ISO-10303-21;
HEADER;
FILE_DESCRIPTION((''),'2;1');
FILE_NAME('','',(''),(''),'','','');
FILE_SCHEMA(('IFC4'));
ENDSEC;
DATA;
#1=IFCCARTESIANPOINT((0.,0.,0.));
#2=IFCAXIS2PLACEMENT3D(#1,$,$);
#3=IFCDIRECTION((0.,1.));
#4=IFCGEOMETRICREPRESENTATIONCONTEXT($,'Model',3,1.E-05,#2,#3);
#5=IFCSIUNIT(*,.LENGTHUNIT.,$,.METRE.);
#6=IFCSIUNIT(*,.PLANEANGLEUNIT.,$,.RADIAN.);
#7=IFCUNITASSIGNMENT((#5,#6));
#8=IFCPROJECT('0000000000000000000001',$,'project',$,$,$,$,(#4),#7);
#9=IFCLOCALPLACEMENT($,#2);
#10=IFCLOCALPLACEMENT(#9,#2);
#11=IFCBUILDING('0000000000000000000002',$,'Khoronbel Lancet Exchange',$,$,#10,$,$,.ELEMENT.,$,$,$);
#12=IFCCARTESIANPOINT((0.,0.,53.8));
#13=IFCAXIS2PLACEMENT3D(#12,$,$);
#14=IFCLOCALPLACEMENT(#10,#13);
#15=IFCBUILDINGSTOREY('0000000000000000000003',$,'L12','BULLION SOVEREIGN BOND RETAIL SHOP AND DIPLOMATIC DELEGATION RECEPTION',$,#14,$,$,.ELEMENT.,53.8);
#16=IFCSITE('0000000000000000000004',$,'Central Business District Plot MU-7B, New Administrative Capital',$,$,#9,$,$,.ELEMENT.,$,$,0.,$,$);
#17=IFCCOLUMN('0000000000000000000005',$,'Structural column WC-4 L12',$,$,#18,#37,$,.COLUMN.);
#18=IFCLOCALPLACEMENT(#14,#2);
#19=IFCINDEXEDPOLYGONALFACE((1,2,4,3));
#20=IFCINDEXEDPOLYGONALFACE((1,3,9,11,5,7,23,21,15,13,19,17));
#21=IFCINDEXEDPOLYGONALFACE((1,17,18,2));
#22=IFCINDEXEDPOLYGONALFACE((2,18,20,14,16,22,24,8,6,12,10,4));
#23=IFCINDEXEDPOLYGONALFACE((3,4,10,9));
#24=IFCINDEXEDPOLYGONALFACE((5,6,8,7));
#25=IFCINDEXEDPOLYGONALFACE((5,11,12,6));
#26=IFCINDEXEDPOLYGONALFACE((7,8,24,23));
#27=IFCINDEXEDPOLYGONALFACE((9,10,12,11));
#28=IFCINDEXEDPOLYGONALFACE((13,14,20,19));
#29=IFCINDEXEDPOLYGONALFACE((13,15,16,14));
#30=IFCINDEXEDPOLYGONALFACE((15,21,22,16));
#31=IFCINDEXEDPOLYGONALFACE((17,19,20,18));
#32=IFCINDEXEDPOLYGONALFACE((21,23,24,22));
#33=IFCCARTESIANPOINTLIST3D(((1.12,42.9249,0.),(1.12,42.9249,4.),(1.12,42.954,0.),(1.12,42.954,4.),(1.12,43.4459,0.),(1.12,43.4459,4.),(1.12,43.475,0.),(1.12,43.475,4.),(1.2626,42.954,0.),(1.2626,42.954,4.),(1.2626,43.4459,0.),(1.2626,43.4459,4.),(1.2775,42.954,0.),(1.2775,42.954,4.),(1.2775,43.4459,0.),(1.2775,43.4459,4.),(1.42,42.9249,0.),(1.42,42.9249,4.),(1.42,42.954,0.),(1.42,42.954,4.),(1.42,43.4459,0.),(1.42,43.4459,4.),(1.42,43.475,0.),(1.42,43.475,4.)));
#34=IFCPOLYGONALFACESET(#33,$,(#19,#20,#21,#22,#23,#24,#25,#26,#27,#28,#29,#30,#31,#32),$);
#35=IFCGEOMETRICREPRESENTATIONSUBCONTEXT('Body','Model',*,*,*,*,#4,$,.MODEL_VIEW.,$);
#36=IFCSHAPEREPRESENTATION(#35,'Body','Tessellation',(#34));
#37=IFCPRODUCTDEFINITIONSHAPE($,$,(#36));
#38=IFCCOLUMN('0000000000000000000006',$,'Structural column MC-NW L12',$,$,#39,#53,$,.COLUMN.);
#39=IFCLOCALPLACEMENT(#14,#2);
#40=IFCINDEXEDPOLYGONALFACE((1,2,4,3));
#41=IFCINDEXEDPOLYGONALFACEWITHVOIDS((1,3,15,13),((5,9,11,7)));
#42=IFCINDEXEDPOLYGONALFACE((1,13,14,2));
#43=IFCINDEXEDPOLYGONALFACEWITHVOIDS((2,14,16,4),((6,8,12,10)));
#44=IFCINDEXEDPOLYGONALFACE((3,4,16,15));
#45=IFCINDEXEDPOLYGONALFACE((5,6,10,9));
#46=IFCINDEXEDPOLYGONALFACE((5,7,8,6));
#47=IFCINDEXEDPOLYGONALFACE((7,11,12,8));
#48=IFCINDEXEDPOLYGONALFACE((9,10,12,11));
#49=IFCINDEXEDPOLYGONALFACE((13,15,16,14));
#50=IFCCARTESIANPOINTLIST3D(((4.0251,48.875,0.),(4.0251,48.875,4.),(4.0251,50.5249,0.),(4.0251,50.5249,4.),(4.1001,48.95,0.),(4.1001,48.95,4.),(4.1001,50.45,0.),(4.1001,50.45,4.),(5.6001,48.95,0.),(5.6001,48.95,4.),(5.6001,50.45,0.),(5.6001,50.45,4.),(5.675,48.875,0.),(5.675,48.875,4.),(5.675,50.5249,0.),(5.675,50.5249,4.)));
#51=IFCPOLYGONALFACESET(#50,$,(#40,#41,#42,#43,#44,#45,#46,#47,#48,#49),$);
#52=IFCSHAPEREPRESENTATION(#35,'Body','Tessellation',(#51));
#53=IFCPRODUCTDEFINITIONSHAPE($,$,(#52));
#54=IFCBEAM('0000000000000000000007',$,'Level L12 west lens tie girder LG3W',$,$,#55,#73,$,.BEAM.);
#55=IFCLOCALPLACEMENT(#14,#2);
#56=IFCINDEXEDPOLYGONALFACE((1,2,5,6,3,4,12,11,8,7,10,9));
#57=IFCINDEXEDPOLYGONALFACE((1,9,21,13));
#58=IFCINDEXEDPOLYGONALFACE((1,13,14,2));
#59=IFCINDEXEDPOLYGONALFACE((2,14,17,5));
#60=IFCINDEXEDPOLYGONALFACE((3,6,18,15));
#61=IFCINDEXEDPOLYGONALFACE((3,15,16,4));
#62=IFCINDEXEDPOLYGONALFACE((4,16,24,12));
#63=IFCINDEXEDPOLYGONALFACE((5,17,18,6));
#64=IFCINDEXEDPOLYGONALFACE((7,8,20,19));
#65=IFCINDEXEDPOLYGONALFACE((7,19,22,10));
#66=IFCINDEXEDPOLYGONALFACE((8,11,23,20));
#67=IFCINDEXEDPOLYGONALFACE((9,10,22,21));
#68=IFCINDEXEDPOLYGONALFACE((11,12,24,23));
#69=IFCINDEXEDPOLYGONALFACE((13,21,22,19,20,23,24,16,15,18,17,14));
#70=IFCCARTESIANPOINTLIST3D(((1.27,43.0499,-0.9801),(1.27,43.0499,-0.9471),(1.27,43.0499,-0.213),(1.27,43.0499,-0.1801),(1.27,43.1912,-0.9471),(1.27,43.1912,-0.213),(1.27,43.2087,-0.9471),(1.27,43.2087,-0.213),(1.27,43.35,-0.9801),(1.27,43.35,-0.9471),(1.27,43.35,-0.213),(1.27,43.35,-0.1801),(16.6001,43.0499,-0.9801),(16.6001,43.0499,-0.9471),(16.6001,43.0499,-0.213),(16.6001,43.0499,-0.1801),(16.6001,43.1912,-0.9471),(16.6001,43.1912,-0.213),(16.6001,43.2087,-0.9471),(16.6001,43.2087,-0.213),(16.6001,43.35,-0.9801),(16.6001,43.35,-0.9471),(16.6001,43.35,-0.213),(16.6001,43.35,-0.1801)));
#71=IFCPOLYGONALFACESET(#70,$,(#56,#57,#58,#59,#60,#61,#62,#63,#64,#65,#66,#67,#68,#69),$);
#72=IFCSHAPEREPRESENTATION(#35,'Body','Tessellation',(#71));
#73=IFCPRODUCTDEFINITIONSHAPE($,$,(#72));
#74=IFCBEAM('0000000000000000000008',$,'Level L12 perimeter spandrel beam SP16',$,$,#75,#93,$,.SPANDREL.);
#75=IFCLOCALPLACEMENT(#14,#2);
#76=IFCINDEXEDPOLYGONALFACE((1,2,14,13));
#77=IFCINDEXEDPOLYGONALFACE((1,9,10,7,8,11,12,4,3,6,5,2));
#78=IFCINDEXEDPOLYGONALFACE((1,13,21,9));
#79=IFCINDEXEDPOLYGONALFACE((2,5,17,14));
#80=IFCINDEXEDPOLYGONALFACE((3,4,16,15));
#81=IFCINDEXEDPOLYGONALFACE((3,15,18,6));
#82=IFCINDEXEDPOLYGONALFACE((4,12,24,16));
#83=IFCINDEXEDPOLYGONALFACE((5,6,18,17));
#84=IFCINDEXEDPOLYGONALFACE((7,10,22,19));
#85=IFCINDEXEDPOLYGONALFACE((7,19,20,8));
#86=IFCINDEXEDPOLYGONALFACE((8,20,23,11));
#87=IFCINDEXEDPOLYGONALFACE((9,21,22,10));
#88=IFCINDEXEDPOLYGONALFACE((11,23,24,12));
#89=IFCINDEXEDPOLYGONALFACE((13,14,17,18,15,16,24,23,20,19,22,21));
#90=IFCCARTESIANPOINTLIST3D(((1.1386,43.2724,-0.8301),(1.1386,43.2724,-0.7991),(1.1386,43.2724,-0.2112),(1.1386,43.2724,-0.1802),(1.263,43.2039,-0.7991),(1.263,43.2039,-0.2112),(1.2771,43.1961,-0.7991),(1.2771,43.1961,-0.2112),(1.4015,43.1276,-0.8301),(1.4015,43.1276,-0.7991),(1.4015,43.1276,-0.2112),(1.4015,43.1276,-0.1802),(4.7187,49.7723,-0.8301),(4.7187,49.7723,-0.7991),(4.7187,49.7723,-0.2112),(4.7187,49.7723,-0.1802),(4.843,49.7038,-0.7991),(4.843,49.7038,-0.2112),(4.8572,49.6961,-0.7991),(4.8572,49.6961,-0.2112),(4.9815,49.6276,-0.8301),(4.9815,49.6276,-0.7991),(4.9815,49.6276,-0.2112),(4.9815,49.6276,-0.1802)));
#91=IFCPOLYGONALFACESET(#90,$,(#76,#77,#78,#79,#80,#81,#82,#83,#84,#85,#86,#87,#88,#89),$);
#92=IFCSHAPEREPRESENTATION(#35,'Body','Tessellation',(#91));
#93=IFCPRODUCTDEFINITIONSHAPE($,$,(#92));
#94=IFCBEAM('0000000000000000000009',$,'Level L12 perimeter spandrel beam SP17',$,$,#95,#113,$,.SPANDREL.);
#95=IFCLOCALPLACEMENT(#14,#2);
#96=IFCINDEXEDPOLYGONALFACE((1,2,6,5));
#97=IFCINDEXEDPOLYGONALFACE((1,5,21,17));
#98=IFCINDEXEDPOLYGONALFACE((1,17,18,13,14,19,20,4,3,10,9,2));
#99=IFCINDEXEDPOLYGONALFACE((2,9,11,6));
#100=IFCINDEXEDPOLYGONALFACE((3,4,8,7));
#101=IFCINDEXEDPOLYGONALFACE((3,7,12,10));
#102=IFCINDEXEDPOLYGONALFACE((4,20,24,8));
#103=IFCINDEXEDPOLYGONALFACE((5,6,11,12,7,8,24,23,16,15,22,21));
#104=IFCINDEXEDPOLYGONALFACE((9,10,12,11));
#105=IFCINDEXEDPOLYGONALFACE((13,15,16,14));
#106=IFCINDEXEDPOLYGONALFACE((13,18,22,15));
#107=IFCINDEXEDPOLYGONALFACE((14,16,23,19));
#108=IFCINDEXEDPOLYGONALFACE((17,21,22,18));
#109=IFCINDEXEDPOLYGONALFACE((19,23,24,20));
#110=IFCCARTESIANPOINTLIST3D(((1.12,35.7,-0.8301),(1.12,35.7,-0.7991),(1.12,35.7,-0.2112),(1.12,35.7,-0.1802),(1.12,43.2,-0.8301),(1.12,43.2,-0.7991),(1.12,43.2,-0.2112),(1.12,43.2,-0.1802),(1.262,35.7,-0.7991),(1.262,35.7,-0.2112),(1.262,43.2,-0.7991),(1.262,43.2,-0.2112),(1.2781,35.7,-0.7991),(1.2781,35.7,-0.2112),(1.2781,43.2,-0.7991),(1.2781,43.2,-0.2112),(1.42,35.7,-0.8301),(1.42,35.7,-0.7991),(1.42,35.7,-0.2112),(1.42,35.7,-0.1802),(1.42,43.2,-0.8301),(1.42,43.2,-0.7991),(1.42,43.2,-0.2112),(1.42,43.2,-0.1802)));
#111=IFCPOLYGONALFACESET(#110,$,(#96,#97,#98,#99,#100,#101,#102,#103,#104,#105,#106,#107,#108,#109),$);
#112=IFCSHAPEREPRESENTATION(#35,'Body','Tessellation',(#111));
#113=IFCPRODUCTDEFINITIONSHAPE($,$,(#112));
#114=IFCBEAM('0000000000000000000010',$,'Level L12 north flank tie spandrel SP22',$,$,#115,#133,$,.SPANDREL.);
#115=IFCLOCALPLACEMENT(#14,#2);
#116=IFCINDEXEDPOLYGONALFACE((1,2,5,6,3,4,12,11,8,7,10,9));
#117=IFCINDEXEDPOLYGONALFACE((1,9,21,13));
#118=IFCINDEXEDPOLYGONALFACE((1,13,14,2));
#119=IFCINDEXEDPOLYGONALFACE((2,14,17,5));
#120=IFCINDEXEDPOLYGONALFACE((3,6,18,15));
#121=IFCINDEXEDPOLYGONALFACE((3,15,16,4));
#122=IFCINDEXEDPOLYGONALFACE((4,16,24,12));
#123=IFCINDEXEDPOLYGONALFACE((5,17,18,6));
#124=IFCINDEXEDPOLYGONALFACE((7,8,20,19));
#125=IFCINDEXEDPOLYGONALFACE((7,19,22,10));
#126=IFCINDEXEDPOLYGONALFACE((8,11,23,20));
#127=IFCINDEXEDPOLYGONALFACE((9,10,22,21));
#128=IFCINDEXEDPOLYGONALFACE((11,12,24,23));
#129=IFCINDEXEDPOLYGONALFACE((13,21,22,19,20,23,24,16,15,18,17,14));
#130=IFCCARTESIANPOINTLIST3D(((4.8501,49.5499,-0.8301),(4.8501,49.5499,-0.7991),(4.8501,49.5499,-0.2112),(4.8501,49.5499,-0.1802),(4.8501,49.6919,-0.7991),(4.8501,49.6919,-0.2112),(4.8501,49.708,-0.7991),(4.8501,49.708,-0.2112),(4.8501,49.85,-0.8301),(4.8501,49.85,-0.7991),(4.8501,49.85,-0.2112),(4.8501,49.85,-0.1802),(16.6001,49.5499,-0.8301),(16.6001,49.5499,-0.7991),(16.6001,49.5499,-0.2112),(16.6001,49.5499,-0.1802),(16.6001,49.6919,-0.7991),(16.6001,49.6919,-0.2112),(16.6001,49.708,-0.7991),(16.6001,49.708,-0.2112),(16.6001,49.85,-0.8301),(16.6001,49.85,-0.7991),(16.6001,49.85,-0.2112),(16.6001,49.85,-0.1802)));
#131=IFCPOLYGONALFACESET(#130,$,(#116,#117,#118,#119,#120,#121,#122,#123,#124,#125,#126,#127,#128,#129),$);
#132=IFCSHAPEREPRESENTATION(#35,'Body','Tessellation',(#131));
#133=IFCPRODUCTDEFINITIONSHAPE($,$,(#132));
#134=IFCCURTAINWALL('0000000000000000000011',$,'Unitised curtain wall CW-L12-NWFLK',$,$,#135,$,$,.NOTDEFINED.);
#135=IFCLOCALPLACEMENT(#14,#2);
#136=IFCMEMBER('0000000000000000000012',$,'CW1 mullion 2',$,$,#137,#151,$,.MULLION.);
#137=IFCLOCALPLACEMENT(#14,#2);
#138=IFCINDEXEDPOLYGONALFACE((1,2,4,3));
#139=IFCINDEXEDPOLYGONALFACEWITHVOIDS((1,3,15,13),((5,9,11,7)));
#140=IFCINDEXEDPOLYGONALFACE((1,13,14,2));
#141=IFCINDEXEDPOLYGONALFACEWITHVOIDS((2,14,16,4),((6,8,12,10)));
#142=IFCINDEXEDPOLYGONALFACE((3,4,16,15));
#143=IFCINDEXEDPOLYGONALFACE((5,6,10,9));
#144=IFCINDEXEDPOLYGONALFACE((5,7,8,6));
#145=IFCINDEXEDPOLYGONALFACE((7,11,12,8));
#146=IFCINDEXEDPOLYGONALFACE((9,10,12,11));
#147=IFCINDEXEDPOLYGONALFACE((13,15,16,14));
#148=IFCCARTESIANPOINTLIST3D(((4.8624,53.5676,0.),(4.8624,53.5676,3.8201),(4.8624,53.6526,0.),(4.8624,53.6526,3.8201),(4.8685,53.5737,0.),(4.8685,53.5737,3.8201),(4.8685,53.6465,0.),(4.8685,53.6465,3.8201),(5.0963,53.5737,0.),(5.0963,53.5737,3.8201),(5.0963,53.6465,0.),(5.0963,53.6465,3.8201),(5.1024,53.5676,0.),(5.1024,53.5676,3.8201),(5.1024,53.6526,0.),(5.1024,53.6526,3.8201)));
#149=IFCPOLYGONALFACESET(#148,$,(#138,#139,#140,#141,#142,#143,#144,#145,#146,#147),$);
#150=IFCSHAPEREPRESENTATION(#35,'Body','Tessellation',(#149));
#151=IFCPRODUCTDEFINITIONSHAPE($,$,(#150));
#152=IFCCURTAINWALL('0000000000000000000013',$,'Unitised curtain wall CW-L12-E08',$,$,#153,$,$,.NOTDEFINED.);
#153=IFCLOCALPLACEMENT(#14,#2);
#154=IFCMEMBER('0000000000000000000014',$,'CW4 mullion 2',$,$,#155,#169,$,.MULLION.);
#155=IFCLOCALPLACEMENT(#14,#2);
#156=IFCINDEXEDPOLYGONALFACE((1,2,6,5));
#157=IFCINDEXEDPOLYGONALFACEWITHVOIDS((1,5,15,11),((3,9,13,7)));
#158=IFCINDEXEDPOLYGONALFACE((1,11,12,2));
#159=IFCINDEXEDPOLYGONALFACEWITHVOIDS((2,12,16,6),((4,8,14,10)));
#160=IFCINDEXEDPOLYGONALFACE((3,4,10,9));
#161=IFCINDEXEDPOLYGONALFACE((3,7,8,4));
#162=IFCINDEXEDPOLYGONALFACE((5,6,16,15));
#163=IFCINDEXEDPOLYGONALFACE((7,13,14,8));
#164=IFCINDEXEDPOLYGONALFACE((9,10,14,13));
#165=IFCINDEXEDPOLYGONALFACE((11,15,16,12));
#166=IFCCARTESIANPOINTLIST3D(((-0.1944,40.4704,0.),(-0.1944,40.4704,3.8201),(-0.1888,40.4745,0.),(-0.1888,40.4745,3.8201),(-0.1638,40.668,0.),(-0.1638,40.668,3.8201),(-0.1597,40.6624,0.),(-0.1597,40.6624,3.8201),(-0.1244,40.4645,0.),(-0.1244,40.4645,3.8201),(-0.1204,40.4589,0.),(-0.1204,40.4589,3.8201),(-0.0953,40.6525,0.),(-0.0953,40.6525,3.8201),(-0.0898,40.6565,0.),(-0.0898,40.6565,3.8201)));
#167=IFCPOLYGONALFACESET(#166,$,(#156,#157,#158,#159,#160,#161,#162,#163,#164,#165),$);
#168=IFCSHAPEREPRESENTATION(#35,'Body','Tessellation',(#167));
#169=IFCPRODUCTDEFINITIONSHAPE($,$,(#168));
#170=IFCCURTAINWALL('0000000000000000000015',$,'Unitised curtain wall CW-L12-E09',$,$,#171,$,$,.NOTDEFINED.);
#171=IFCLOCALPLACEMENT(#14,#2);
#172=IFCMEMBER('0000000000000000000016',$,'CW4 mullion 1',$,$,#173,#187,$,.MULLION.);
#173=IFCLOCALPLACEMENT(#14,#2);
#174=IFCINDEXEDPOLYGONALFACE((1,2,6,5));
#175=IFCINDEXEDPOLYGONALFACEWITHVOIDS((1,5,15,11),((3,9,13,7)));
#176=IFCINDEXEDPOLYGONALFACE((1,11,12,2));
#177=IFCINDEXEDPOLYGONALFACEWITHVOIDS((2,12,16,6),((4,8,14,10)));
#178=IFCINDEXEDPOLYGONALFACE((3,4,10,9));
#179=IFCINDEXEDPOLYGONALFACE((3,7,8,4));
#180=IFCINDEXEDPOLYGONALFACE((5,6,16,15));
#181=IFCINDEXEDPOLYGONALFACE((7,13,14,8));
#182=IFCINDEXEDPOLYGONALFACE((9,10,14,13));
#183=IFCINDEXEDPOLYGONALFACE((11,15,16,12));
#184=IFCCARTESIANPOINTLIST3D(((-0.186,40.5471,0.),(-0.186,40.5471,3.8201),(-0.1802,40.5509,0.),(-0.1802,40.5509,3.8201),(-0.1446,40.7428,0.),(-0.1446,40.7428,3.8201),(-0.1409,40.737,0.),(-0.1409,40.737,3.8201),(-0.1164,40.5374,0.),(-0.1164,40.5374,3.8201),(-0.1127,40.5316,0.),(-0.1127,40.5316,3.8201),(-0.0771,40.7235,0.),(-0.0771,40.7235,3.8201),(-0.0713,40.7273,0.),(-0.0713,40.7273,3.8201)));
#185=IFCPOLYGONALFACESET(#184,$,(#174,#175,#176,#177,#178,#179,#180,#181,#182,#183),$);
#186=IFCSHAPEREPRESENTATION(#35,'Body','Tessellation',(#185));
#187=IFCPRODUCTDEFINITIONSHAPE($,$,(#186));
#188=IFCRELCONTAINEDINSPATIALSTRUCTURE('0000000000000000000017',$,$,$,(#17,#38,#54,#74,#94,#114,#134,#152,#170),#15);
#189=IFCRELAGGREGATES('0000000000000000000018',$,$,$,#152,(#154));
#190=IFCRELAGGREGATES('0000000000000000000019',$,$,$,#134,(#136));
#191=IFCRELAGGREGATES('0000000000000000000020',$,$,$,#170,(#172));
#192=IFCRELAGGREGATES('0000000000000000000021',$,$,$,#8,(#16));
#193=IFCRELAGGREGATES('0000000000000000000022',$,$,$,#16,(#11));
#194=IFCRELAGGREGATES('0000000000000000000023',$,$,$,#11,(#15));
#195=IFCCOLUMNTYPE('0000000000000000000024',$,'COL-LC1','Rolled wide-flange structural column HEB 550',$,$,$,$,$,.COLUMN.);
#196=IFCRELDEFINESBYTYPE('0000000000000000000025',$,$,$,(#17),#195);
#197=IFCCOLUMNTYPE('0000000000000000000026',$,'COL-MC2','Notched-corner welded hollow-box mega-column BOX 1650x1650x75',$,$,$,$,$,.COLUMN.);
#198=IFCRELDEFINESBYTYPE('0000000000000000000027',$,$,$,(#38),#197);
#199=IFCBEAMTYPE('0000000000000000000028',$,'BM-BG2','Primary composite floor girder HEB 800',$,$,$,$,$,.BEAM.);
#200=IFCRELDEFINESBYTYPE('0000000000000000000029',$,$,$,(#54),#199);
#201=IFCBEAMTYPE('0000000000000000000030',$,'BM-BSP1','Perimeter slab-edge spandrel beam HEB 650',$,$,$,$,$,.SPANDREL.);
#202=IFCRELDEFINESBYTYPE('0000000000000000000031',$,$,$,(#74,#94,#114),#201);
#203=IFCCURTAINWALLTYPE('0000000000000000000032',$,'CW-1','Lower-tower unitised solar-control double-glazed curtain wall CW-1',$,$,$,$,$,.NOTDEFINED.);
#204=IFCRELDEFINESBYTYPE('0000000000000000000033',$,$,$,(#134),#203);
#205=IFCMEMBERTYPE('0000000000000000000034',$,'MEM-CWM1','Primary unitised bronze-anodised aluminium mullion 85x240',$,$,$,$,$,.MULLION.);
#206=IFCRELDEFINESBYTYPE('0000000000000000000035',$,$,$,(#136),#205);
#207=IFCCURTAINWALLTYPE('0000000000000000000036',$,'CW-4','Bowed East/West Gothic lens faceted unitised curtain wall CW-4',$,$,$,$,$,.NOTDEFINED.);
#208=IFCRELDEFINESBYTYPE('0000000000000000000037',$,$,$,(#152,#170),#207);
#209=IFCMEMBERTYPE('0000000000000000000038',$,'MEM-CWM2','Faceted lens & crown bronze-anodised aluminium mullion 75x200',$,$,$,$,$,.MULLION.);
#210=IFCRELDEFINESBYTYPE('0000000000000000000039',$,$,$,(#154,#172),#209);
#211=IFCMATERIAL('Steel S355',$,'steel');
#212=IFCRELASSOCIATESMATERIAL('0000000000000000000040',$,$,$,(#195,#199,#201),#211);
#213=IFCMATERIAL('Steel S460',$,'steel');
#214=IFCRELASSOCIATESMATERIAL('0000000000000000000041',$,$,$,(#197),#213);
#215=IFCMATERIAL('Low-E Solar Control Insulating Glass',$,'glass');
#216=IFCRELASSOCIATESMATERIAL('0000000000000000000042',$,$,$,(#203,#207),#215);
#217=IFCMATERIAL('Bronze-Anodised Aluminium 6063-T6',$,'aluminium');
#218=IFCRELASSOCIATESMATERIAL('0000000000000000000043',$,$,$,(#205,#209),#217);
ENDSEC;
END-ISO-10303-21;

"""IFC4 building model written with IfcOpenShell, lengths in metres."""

from ifc_helpers import new_model, si_unit, direction, frame, origin, origin_2d, place, context, subcontext, project, spatial, hollow_rectangle, i_section, extrude, material, material_profile, profile_set, type_object, element, aggregate, save


model = new_model("IFC4")

# Units and contexts
model_context = context("Model", 3, precision=1e-05, world=origin(), true_north=direction((0.0, 1.0)))
body_context = subcontext(model_context, "Body", "Model", "MODEL_VIEW")
ifc_project = project(units=[si_unit("LENGTHUNIT", "METRE"), si_unit("PLANEANGLEUNIT", "RADIAN")], contexts=[model_context])

# Site, building, storey
site_placement = place(None, origin())
site = spatial("IfcSite", under=ifc_project, at=site_placement, Name="Central Business District Plot MU-7B, New Administrative Capital", CompositionType="ELEMENT", RefElevation=0.0)
building_placement = place(site_placement, origin())
building = spatial("IfcBuilding", under=site, at=building_placement, Name="Khoronbel Lancet Exchange", CompositionType="ELEMENT")
storey_placement = place(building_placement, frame((0.0, 0.0, 53.8)))
storey = spatial("IfcBuildingStorey", under=building, at=storey_placement, Name="L12", Description="BULLION SOVEREIGN BOND RETAIL SHOP AND DIPLOMATIC DELEGATION RECEPTION", CompositionType="ELEMENT", Elevation=53.8)

# Columns
ifc_material_1 = material(Name="Steel S355", Category="steel")
ifc_material_profile_1 = material_profile(ifc_material_1, i_section(OverallWidth=0.3, OverallDepth=0.55, WebThickness=0.0149, FlangeThickness=0.0291, at=origin_2d()), Name="HEB 550")
ifc_profile_set_1 = profile_set([ifc_material_profile_1], Name="Steel S355")
column_type_1 = type_object("IfcColumnType", Name="COL-LC1", Description="Rolled wide-flange structural column HEB 550", PredefinedType="COLUMN", material=ifc_profile_set_1)
column_1_placement = place(storey_placement, frame((1.27, 43.2, 0.0), z_axis=(0.0, 0.0, 1.0), x_axis=(1.0, 0.0, 0.0)))
element("IfcColumn", 1, at=column_1_placement, inside=storey, type_object=column_type_1, Name="Structural column WC-4 L12", PredefinedType="COLUMN", context=body_context, shape_type="SweptSolid", body=[
    extrude(i_section(OverallWidth=0.3, OverallDepth=0.55, WebThickness=0.0149, FlangeThickness=0.0291, at=origin_2d()), origin(), (0.0, 0.0, 1.0), 4.0),
])
ifc_material_2 = material(Name="Steel S460", Category="steel")
ifc_material_profile_2 = material_profile(ifc_material_2, hollow_rectangle(XDim=1.6499, YDim=1.6499, WallThickness=0.075, at=origin_2d()), Name="BOX 1650x1650x75")
ifc_profile_set_2 = profile_set([ifc_material_profile_2], Name="Steel S460")
column_type_2 = type_object("IfcColumnType", Name="COL-MC2", Description="Notched-corner welded hollow-box mega-column BOX 1650x1650x75", PredefinedType="COLUMN", material=ifc_profile_set_2)
column_2_placement = place(storey_placement, frame((4.8501, 49.7, 0.0), z_axis=(0.0, 0.0, 1.0), x_axis=(1.0, 0.0, 0.0)))
element("IfcColumn", 2, at=column_2_placement, inside=storey, type_object=column_type_2, Name="Structural column MC-NW L12", PredefinedType="COLUMN", context=body_context, shape_type="SweptSolid", body=[
    extrude(hollow_rectangle(XDim=1.6499, YDim=1.6499, WallThickness=0.075, at=origin_2d()), origin(), (0.0, 0.0, 1.0), 4.0),
])

# Beams
ifc_material_profile_3 = material_profile(ifc_material_1, i_section(OverallWidth=0.3, OverallDepth=0.8, WebThickness=0.0176, FlangeThickness=0.033, at=origin_2d()), Name="HEB 800")
ifc_profile_set_3 = profile_set([ifc_material_profile_3], Name="Steel S355")
beam_type_1 = type_object("IfcBeamType", Name="BM-BG2", Description="Primary composite floor girder HEB 800", PredefinedType="BEAM", material=ifc_profile_set_3)
beam_1_placement = place(storey_placement, frame((1.27, 43.2, -0.5801), z_axis=(1.0, 0.0, 0.0), x_axis=(0.0, 1.0, 0.0)))
element("IfcBeam", 3, at=beam_1_placement, inside=storey, type_object=beam_type_1, Name="Level L12 west lens tie girder LG3W", PredefinedType="BEAM", context=body_context, shape_type="SweptSolid", body=[
    extrude(i_section(OverallWidth=0.3, OverallDepth=0.8, WebThickness=0.0176, FlangeThickness=0.033, at=origin_2d()), origin(), (0.0, 0.0, 1.0), 15.3301),
])
ifc_material_profile_4 = material_profile(ifc_material_1, i_section(OverallWidth=0.3, OverallDepth=0.6499, WebThickness=0.0161, FlangeThickness=0.031, at=origin_2d()), Name="HEB 650")
ifc_profile_set_4 = profile_set([ifc_material_profile_4], Name="Steel S355")
beam_type_2 = type_object("IfcBeamType", Name="BM-BSP1", Description="Perimeter slab-edge spandrel beam HEB 650", PredefinedType="SPANDREL", material=ifc_profile_set_4)
beam_2_placement = place(storey_placement, frame((4.8501, 49.7, -0.5051), z_axis=(-0.482444, -0.875927, 0.0), x_axis=(0.875927, -0.482444, 0.0)))
element("IfcBeam", 4, at=beam_2_placement, inside=storey, type_object=beam_type_2, Name="Level L12 perimeter spandrel beam SP16", PredefinedType="SPANDREL", context=body_context, shape_type="SweptSolid", body=[
    extrude(i_section(OverallWidth=0.3, OverallDepth=0.6499, WebThickness=0.0161, FlangeThickness=0.031, at=origin_2d()), origin(), (0.0, 0.0, 1.0), 7.4207),
])
beam_3_placement = place(storey_placement, frame((1.27, 43.2, -0.5051), z_axis=(0.0, -1.0, 0.0), x_axis=(1.0, 0.0, 0.0)))
element("IfcBeam", 5, at=beam_3_placement, inside=storey, type_object=beam_type_2, Name="Level L12 perimeter spandrel beam SP17", PredefinedType="SPANDREL", context=body_context, shape_type="SweptSolid", body=[
    extrude(i_section(OverallWidth=0.3, OverallDepth=0.6499, WebThickness=0.0161, FlangeThickness=0.031, at=origin_2d()), origin(), (0.0, 0.0, 1.0), 7.5),
])
beam_4_placement = place(storey_placement, frame((4.8501, 49.7, -0.5051), z_axis=(1.0, 0.0, 0.0), x_axis=(0.0, 1.0, 0.0)))
element("IfcBeam", 6, at=beam_4_placement, inside=storey, type_object=beam_type_2, Name="Level L12 north flank tie spandrel SP22", PredefinedType="SPANDREL", context=body_context, shape_type="SweptSolid", body=[
    extrude(i_section(OverallWidth=0.3, OverallDepth=0.6499, WebThickness=0.0161, FlangeThickness=0.031, at=origin_2d()), origin(), (0.0, 0.0, 1.0), 11.75),
])

# Curtain walls, members
ifc_material_3 = material(Name="Low-E Solar Control Insulating Glass", Category="glass")
curtain_wall_type_1 = type_object("IfcCurtainWallType", Name="CW-1", Description="Lower-tower unitised solar-control double-glazed curtain wall CW-1", PredefinedType="NOTDEFINED", material=ifc_material_3)
curtain_wall_1_placement = place(storey_placement, origin())
curtain_wall_1 = element("IfcCurtainWall", 7, at=curtain_wall_1_placement, inside=storey, type_object=curtain_wall_type_1, Name="Unitised curtain wall CW-L12-NWFLK", PredefinedType="NOTDEFINED")
ifc_material_4 = material(Name="Bronze-Anodised Aluminium 6063-T6", Category="aluminium")
ifc_material_profile_5 = material_profile(ifc_material_4, hollow_rectangle(XDim=0.085, YDim=0.24, WallThickness=0.0061, at=origin_2d()), Name="ALU MULLION 85x240")
ifc_profile_set_5 = profile_set([ifc_material_profile_5], Name="Bronze-Anodised Aluminium 6063-T6")
member_type_1 = type_object("IfcMemberType", Name="MEM-CWM1", Description="Primary unitised bronze-anodised aluminium mullion 85x240", PredefinedType="MULLION", material=ifc_profile_set_5)
member_1_placement = place(storey_placement, frame((4.9824, 53.6101, 0.0), z_axis=(0.0, 0.0, 1.0), x_axis=(0.0, -1.0, 0.0)))
member_1 = element("IfcMember", 8, at=member_1_placement, type_object=member_type_1, Name="CW1 mullion 2", PredefinedType="MULLION", context=body_context, shape_type="SweptSolid", body=[
    extrude(hollow_rectangle(XDim=0.085, YDim=0.24, WallThickness=0.0061, at=origin_2d()), origin(), (0.0, 0.0, 1.0), 3.8201),
])
curtain_wall_type_2 = type_object("IfcCurtainWallType", Name="CW-4", Description="Bowed East/West Gothic lens faceted unitised curtain wall CW-4", PredefinedType="NOTDEFINED", material=ifc_material_3)
curtain_wall_2_placement = place(storey_placement, origin())
curtain_wall_2 = element("IfcCurtainWall", 9, at=curtain_wall_2_placement, inside=storey, type_object=curtain_wall_type_2, Name="Unitised curtain wall CW-L12-E08", PredefinedType="NOTDEFINED")
ifc_material_profile_6 = material_profile(ifc_material_4, hollow_rectangle(XDim=0.075, YDim=0.2, WallThickness=0.0049, at=origin_2d()), Name="ALU MULLION 75x200")
ifc_profile_set_6 = profile_set([ifc_material_profile_6], Name="Bronze-Anodised Aluminium 6063-T6")
member_type_2 = type_object("IfcMemberType", Name="MEM-CWM2", Description="Faceted lens & crown bronze-anodised aluminium mullion 75x200", PredefinedType="MULLION", material=ifc_profile_set_6)
member_2_placement = place(storey_placement, frame((-0.1421, 40.5635, 0.0), z_axis=(0.0, 0.0, 1.0), x_axis=(-0.988226, 0.153002, 0.0)))
member_2 = element("IfcMember", 10, at=member_2_placement, type_object=member_type_2, Name="CW4 mullion 2", PredefinedType="MULLION", context=body_context, shape_type="SweptSolid", body=[
    extrude(hollow_rectangle(XDim=0.075, YDim=0.2, WallThickness=0.0049, at=origin_2d()), origin(), (0.0, 0.0, 1.0), 3.8201),
])

# Curtain wall, member
curtain_wall_3_placement = place(storey_placement, origin())
curtain_wall_3 = element("IfcCurtainWall", 11, at=curtain_wall_3_placement, inside=storey, type_object=curtain_wall_type_2, Name="Unitised curtain wall CW-L12-E09", PredefinedType="NOTDEFINED")
member_3_placement = place(storey_placement, frame((-0.1287, 40.6372, 0.0), z_axis=(0.0, 0.0, 1.0), x_axis=(-0.978363, 0.206894, 0.0)))
member_3 = element("IfcMember", 12, at=member_3_placement, type_object=member_type_2, Name="CW4 mullion 1", PredefinedType="MULLION", context=body_context, shape_type="SweptSolid", body=[
    extrude(hollow_rectangle(XDim=0.075, YDim=0.2, WallThickness=0.0049, at=origin_2d()), origin(), (0.0, 0.0, 1.0), 3.8201),
])

aggregate(curtain_wall_2, [member_2])
aggregate(curtain_wall_1, [member_1])
aggregate(curtain_wall_3, [member_3])

save(model, "model.ifc")
